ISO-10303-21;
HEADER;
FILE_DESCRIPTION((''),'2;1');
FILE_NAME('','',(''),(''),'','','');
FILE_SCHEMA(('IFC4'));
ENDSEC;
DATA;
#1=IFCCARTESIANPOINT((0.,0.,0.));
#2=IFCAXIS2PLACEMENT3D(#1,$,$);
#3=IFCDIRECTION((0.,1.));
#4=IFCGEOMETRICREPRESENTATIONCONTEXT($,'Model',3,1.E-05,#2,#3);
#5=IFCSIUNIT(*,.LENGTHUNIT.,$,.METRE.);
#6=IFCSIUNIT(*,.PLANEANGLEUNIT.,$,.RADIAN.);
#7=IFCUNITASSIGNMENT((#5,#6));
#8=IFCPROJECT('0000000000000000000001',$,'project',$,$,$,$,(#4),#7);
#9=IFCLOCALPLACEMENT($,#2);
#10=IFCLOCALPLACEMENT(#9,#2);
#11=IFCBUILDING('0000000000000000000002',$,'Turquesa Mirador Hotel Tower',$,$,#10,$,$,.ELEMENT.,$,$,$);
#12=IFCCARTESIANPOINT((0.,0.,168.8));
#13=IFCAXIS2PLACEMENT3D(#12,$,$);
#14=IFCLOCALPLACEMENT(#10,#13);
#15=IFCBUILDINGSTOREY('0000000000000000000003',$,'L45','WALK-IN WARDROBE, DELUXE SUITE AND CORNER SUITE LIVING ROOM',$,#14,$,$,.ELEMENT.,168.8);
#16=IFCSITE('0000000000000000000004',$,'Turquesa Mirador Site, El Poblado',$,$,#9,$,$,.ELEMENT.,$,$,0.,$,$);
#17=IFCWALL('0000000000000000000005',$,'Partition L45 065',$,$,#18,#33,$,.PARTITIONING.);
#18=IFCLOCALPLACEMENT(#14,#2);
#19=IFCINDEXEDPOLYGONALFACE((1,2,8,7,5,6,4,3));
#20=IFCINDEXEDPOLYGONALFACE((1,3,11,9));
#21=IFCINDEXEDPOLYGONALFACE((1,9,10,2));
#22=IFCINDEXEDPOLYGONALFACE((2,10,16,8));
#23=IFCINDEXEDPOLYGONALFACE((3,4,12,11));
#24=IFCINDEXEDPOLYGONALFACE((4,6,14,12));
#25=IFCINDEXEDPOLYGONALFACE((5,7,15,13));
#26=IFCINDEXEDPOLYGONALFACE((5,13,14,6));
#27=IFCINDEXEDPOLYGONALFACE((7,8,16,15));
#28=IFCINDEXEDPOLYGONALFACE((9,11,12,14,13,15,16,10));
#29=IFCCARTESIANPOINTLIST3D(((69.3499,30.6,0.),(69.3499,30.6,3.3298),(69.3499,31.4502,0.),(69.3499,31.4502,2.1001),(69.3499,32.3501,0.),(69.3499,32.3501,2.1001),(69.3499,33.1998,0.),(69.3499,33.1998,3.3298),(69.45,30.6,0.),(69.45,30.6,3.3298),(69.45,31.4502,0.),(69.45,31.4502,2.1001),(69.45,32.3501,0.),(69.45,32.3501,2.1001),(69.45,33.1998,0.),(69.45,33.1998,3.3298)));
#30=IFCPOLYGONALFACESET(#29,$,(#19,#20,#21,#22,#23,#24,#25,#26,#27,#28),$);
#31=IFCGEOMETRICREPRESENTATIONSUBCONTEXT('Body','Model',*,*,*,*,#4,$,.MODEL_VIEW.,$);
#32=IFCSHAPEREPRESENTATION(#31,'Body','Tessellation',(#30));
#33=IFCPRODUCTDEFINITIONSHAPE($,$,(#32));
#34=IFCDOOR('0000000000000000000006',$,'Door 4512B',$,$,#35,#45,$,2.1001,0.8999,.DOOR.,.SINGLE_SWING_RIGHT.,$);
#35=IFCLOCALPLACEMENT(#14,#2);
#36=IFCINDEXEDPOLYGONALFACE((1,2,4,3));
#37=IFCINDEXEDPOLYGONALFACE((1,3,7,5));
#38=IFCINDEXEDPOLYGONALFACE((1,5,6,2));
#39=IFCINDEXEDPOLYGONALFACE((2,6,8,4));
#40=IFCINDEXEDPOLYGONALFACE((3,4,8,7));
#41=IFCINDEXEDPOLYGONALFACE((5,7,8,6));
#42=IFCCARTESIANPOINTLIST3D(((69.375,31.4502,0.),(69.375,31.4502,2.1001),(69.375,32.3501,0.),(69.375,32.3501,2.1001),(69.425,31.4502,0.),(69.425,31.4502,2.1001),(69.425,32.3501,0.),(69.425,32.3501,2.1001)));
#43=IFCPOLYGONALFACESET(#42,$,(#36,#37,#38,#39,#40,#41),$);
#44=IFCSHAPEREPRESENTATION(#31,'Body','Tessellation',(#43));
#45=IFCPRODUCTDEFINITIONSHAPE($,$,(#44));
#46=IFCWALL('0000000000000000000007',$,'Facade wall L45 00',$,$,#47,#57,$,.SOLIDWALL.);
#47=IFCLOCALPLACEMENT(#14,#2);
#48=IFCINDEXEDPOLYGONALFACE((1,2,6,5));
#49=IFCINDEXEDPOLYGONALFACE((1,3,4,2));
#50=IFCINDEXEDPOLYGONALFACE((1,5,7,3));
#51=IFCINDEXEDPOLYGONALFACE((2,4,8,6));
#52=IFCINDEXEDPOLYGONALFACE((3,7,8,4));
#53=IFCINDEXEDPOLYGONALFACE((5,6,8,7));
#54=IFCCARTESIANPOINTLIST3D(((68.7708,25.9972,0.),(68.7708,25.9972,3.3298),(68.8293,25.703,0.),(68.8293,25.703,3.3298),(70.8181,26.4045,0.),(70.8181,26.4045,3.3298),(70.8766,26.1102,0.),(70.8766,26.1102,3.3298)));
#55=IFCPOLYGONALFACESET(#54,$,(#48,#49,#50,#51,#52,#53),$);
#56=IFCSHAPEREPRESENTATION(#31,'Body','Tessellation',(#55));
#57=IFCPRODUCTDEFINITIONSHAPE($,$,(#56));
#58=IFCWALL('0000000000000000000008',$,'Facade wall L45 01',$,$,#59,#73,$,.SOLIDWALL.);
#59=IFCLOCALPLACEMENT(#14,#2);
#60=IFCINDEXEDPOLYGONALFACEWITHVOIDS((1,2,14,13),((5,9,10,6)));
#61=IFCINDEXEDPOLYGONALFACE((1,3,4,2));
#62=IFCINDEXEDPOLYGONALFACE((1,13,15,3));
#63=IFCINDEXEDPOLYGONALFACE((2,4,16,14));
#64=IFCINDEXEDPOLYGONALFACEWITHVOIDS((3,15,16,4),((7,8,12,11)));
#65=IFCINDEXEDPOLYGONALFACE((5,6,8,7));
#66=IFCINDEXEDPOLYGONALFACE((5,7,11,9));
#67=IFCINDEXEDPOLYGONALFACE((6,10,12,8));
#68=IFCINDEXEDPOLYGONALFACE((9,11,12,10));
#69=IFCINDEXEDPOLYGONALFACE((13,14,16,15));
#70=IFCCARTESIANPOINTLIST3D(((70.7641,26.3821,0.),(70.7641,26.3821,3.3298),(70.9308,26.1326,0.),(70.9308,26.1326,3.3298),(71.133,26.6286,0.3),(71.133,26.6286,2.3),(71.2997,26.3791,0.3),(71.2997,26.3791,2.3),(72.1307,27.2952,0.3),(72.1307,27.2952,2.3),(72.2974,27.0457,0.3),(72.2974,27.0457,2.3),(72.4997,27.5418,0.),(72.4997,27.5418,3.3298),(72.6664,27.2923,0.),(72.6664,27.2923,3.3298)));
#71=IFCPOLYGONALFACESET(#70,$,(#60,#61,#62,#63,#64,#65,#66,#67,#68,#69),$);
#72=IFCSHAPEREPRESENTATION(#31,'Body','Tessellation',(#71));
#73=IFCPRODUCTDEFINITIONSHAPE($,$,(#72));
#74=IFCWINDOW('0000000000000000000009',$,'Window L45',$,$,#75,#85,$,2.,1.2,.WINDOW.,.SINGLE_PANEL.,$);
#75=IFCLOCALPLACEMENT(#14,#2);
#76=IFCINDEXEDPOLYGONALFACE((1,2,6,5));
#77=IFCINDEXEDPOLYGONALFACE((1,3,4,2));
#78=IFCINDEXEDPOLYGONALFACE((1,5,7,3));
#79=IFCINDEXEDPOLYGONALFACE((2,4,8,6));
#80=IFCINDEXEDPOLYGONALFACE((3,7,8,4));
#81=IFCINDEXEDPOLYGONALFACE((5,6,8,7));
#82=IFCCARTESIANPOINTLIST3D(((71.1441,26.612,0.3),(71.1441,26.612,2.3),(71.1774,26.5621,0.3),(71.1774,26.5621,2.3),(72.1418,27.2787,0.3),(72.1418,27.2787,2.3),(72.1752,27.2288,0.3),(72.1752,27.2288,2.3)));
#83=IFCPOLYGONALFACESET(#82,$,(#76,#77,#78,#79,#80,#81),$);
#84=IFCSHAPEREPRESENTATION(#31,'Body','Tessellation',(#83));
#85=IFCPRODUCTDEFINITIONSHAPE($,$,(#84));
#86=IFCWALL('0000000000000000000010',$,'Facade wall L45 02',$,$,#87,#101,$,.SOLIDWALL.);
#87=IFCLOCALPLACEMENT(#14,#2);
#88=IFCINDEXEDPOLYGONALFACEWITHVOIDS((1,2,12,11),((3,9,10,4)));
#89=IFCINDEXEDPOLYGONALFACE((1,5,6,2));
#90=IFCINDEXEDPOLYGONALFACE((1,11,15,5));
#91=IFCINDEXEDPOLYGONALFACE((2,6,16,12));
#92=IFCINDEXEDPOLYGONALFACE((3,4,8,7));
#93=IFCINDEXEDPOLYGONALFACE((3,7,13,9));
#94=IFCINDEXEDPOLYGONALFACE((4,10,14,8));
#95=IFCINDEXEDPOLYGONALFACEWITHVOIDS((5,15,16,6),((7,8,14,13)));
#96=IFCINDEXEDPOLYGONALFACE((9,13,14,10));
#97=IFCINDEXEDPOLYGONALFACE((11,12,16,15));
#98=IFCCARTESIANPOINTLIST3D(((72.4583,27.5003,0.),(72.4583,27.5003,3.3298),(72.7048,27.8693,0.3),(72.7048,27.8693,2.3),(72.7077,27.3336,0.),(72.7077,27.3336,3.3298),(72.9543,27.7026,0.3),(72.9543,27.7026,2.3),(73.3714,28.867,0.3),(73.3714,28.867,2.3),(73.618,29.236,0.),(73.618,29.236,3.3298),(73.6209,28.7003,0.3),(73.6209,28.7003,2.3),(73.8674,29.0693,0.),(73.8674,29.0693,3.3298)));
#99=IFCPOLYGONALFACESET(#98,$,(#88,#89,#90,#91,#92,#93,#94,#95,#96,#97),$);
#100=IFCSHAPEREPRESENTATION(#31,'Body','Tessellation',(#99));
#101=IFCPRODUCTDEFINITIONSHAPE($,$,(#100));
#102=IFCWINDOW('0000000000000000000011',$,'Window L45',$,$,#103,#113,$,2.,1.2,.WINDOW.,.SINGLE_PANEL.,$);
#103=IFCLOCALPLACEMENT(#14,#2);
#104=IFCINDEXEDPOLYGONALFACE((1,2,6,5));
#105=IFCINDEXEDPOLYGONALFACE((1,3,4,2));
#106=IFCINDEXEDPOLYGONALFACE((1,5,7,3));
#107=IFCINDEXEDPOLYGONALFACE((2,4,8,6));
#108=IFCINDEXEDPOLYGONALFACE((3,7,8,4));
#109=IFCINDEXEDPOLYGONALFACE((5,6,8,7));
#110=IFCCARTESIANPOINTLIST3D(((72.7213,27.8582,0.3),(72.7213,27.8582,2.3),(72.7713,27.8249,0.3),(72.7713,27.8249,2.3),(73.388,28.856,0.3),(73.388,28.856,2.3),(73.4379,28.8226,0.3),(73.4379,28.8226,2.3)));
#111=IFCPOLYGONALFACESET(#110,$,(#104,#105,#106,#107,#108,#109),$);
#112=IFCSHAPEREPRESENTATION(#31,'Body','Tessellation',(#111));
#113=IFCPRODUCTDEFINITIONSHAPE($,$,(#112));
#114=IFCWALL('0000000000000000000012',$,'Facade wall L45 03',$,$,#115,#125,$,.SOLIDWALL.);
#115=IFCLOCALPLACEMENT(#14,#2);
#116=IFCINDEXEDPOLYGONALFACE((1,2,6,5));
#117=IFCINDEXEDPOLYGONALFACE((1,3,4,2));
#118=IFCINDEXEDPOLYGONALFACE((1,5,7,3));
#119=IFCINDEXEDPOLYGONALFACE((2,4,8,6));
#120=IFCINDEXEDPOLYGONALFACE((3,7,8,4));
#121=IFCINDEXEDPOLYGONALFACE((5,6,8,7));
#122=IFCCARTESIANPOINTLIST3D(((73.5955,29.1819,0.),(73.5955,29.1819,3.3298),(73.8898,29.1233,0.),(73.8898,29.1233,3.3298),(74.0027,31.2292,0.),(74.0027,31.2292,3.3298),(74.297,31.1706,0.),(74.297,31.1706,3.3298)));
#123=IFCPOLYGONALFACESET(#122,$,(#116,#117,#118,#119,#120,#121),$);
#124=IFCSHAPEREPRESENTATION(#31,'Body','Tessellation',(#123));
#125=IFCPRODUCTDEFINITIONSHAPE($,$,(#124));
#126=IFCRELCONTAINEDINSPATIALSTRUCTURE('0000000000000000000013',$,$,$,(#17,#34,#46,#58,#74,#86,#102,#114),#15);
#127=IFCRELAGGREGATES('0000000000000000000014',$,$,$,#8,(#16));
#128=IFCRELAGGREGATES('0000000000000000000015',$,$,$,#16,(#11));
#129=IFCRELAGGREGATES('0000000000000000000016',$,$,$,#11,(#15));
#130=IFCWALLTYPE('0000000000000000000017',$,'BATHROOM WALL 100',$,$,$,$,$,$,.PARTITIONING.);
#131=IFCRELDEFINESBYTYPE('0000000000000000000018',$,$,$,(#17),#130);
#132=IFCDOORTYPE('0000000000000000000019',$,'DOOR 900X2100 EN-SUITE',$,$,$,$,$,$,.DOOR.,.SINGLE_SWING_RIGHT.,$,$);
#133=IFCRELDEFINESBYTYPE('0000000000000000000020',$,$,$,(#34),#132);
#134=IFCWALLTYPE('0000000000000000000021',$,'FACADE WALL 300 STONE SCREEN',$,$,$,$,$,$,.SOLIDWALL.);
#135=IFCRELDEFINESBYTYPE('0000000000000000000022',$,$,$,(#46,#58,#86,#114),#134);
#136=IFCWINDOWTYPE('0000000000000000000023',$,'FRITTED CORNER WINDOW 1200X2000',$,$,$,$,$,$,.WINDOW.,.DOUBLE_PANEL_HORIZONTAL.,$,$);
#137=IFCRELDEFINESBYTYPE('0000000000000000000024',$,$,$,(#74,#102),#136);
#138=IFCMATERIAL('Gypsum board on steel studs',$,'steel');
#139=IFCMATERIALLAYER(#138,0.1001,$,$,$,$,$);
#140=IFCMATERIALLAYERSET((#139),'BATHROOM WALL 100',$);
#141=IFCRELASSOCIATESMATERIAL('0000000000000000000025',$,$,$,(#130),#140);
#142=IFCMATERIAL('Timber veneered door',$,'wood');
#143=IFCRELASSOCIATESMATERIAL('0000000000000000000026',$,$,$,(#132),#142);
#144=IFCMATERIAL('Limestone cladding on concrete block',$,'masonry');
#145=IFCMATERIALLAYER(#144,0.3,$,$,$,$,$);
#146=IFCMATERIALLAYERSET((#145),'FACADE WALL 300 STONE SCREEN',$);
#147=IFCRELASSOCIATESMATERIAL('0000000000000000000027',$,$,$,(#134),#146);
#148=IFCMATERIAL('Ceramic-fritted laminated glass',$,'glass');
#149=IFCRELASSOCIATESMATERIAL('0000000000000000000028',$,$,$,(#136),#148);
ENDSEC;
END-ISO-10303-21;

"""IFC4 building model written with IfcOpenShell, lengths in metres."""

from ifc_helpers import new_model, si_unit, direction, frame, frame_2d, origin, place, context, subcontext, project, spatial, rectangle, extrude, material, layer, layer_set, type_object, element, fill, save


model = new_model("IFC4")

# Units and contexts
model_context = context("Model", 3, precision=1e-05, world=origin(), true_north=direction((0.0, 1.0)))
body_context = subcontext(model_context, "Body", "Model", "MODEL_VIEW")
ifc_project = project(units=[si_unit("LENGTHUNIT", "METRE"), si_unit("PLANEANGLEUNIT", "RADIAN")], contexts=[model_context])

# Site, building, storey
site_placement = place(None, origin())
site = spatial("IfcSite", under=ifc_project, at=site_placement, Name="Turquesa Mirador Site, El Poblado", CompositionType="ELEMENT", RefElevation=0.0)
building_placement = place(site_placement, origin())
building = spatial("IfcBuilding", under=site, at=building_placement, Name="Turquesa Mirador Hotel Tower", CompositionType="ELEMENT")
storey_placement = place(building_placement, frame((0.0, 0.0, 168.8)))
storey = spatial("IfcBuildingStorey", under=building, at=storey_placement, Name="L45", Description="WALK-IN WARDROBE, DELUXE SUITE AND CORNER SUITE LIVING ROOM", CompositionType="ELEMENT", Elevation=168.8)

# Shared definitions
ifc_material_1 = material(Name="Gypsum board on steel studs", Category="steel")
ifc_layer_1 = layer(ifc_material_1, 0.1001)
ifc_layer_set_1 = layer_set([ifc_layer_1], Name="BATHROOM WALL 100")
wall_type_1 = type_object("IfcWallType", Name="BATHROOM WALL 100", PredefinedType="PARTITIONING", material=ifc_layer_set_1)

# Wall, opening, door
wall_1_placement = place(storey_placement, frame((69.3999, 30.6001, 0.0), z_axis=(0.0, 0.0, 1.0), x_axis=(0.0, 1.0, 0.0)))
wall_1 = element("IfcWall", 1, at=wall_1_placement, inside=storey, type_object=wall_type_1, Name="Partition L45 065", PredefinedType="PARTITIONING", context=body_context, shape_type="SweptSolid", body=[
    extrude(rectangle(XDim=2.5999, YDim=0.1001, at=frame_2d((1.2998, 0.0))), origin(), (0.0, 0.0, 1.0), 3.3298),
])
opening_1_placement = place(wall_1_placement, frame((0.8501, 0.0, 0.0)))
opening_1 = element("IfcOpeningElement", 2, at=opening_1_placement, cuts=wall_1, PredefinedType="OPENING", context=body_context, shape_type="SweptSolid", body=[
    extrude(rectangle(XDim=0.8999, YDim=2.1001, at=frame_2d((0.45, 1.05))), frame((0.0, 0.0601, 0.0), z_axis=(0.0, -1.0, 0.0), x_axis=(1.0, 0.0, 0.0)), (0.0, 0.0, 1.0), 0.1201),
])
ifc_material_2 = material(Name="Timber veneered door", Category="wood")
door_type_1 = type_object("IfcDoorType", Name="DOOR 900X2100 EN-SUITE", OperationType="SINGLE_SWING_RIGHT", PredefinedType="DOOR", material=ifc_material_2)
door_1_placement = place(opening_1_placement, origin())
door_1 = element("IfcDoor", 3, at=door_1_placement, inside=storey, type_object=door_type_1, Name="Door 4512B", OperationType="SINGLE_SWING_RIGHT", OverallHeight=2.1001, OverallWidth=0.8999, PredefinedType="DOOR", context=body_context, shape_type="SweptSolid", body=[
    extrude(rectangle(XDim=0.8999, YDim=2.1001, at=frame_2d((0.45, 1.05))), frame((0.0, 0.0249, 0.0), z_axis=(0.0, -1.0, 0.0), x_axis=(1.0, 0.0, 0.0)), (0.0, 0.0, 1.0), 0.05),
])
fill(opening_1, door_1)

# Wall
ifc_material_3 = material(Name="Limestone cladding on concrete block", Category="masonry")
ifc_layer_2 = layer(ifc_material_3, 0.3)
ifc_layer_set_2 = layer_set([ifc_layer_2], Name="FACADE WALL 300 STONE SCREEN")
wall_type_2 = type_object("IfcWallType", Name="FACADE WALL 300 STONE SCREEN", PredefinedType="SOLIDWALL", material=ifc_layer_set_2)
wall_2_placement = place(storey_placement, frame((68.8, 25.8501, 0.0), z_axis=(0.0, 0.0, 1.0), x_axis=(0.980787, 0.195081, 0.0)))
element("IfcWall", 4, at=wall_2_placement, inside=storey, type_object=wall_type_2, Name="Facade wall L45 00", PredefinedType="SOLIDWALL", context=body_context, shape_type="SweptSolid", body=[
    extrude(rectangle(XDim=2.0874, YDim=0.3, at=frame_2d((1.0437, 0.0))), origin(), (0.0, 0.0, 1.0), 3.3298),
])

# Walls, openings, windows
wall_3_placement = place(storey_placement, frame((70.8474, 26.2573, 0.0), z_axis=(0.0, 0.0, 1.0), x_axis=(0.831474, 0.555564, 0.0)))
wall_3 = element("IfcWall", 5, at=wall_3_placement, inside=storey, type_object=wall_type_2, Name="Facade wall L45 01", PredefinedType="SOLIDWALL", context=body_context, shape_type="SweptSolid", body=[
    extrude(rectangle(XDim=2.0874, YDim=0.3, at=frame_2d((1.0437, 0.0))), origin(), (0.0, 0.0, 1.0), 3.3298),
])
opening_2_placement = place(wall_3_placement, frame((0.4436, 0.0, 0.3)))
opening_2 = element("IfcOpeningElement", 6, at=opening_2_placement, cuts=wall_3, PredefinedType="OPENING", context=body_context, shape_type="SweptSolid", body=[
    extrude(rectangle(XDim=1.2, YDim=2.0, at=frame_2d((0.6001, 1.0))), frame((0.0, 0.1599, 0.0), z_axis=(0.0, -1.0, 0.0), x_axis=(1.0, 0.0, 0.0)), (0.0, 0.0, 1.0), 0.3201),
])
ifc_material_4 = material(Name="Ceramic-fritted laminated glass", Category="glass")
window_type_1 = type_object("IfcWindowType", Name="FRITTED CORNER WINDOW 1200X2000", PartitioningType="DOUBLE_PANEL_HORIZONTAL", PredefinedType="WINDOW", material=ifc_material_4)
window_1_placement = place(opening_2_placement, origin())
window_1 = element("IfcWindow", 7, at=window_1_placement, inside=storey, type_object=window_type_1, Name="Window L45", OverallHeight=2.0, OverallWidth=1.2, PartitioningType="SINGLE_PANEL", PredefinedType="WINDOW", context=body_context, shape_type="SweptSolid", body=[
    extrude(rectangle(XDim=1.2, YDim=2.0, at=frame_2d((0.6001, 1.0))), frame((0.0, 0.1301, 0.0), z_axis=(0.0, -1.0, 0.0), x_axis=(1.0, 0.0, 0.0)), (0.0, 0.0, 1.0), 0.0601),
])
fill(opening_2, window_1)
wall_4_placement = place(storey_placement, frame((72.583, 27.417, 0.0), z_axis=(0.0, 0.0, 1.0), x_axis=(0.555564, 0.831474, 0.0)))
wall_4 = element("IfcWall", 8, at=wall_4_placement, inside=storey, type_object=wall_type_2, Name="Facade wall L45 02", PredefinedType="SOLIDWALL", context=body_context, shape_type="SweptSolid", body=[
    extrude(rectangle(XDim=2.0874, YDim=0.3, at=frame_2d((1.0437, 0.0))), origin(), (0.0, 0.0, 1.0), 3.3298),
])
opening_3_placement = place(wall_4_placement, frame((0.4436, 0.0, 0.3)))
opening_3 = element("IfcOpeningElement", 9, at=opening_3_placement, cuts=wall_4, PredefinedType="OPENING", context=body_context, shape_type="SweptSolid", body=[
    extrude(rectangle(XDim=1.2, YDim=2.0, at=frame_2d((0.6001, 1.0))), frame((0.0, 0.1599, 0.0), z_axis=(0.0, -1.0, 0.0), x_axis=(1.0, 0.0, 0.0)), (0.0, 0.0, 1.0), 0.3201),
])
window_2_placement = place(opening_3_placement, origin())
window_2 = element("IfcWindow", 10, at=window_2_placement, inside=storey, type_object=window_type_1, Name="Window L45", OverallHeight=2.0, OverallWidth=1.2, PartitioningType="SINGLE_PANEL", PredefinedType="WINDOW", context=body_context, shape_type="SweptSolid", body=[
    extrude(rectangle(XDim=1.2, YDim=2.0, at=frame_2d((0.6001, 1.0))), frame((0.0, 0.1301, 0.0), z_axis=(0.0, -1.0, 0.0), x_axis=(1.0, 0.0, 0.0)), (0.0, 0.0, 1.0), 0.0601),
])
fill(opening_3, window_2)

# Wall
wall_5_placement = place(storey_placement, frame((73.7427, 29.1526, 0.0), z_axis=(0.0, 0.0, 1.0), x_axis=(0.195081, 0.980787, 0.0)))
element("IfcWall", 11, at=wall_5_placement, inside=storey, type_object=wall_type_2, Name="Facade wall L45 03", PredefinedType="SOLIDWALL", context=body_context, shape_type="SweptSolid", body=[
    extrude(rectangle(XDim=2.0874, YDim=0.3, at=frame_2d((1.0437, 0.0))), origin(), (0.0, 0.0, 1.0), 3.3298),
])

save(model, "model.ifc")
